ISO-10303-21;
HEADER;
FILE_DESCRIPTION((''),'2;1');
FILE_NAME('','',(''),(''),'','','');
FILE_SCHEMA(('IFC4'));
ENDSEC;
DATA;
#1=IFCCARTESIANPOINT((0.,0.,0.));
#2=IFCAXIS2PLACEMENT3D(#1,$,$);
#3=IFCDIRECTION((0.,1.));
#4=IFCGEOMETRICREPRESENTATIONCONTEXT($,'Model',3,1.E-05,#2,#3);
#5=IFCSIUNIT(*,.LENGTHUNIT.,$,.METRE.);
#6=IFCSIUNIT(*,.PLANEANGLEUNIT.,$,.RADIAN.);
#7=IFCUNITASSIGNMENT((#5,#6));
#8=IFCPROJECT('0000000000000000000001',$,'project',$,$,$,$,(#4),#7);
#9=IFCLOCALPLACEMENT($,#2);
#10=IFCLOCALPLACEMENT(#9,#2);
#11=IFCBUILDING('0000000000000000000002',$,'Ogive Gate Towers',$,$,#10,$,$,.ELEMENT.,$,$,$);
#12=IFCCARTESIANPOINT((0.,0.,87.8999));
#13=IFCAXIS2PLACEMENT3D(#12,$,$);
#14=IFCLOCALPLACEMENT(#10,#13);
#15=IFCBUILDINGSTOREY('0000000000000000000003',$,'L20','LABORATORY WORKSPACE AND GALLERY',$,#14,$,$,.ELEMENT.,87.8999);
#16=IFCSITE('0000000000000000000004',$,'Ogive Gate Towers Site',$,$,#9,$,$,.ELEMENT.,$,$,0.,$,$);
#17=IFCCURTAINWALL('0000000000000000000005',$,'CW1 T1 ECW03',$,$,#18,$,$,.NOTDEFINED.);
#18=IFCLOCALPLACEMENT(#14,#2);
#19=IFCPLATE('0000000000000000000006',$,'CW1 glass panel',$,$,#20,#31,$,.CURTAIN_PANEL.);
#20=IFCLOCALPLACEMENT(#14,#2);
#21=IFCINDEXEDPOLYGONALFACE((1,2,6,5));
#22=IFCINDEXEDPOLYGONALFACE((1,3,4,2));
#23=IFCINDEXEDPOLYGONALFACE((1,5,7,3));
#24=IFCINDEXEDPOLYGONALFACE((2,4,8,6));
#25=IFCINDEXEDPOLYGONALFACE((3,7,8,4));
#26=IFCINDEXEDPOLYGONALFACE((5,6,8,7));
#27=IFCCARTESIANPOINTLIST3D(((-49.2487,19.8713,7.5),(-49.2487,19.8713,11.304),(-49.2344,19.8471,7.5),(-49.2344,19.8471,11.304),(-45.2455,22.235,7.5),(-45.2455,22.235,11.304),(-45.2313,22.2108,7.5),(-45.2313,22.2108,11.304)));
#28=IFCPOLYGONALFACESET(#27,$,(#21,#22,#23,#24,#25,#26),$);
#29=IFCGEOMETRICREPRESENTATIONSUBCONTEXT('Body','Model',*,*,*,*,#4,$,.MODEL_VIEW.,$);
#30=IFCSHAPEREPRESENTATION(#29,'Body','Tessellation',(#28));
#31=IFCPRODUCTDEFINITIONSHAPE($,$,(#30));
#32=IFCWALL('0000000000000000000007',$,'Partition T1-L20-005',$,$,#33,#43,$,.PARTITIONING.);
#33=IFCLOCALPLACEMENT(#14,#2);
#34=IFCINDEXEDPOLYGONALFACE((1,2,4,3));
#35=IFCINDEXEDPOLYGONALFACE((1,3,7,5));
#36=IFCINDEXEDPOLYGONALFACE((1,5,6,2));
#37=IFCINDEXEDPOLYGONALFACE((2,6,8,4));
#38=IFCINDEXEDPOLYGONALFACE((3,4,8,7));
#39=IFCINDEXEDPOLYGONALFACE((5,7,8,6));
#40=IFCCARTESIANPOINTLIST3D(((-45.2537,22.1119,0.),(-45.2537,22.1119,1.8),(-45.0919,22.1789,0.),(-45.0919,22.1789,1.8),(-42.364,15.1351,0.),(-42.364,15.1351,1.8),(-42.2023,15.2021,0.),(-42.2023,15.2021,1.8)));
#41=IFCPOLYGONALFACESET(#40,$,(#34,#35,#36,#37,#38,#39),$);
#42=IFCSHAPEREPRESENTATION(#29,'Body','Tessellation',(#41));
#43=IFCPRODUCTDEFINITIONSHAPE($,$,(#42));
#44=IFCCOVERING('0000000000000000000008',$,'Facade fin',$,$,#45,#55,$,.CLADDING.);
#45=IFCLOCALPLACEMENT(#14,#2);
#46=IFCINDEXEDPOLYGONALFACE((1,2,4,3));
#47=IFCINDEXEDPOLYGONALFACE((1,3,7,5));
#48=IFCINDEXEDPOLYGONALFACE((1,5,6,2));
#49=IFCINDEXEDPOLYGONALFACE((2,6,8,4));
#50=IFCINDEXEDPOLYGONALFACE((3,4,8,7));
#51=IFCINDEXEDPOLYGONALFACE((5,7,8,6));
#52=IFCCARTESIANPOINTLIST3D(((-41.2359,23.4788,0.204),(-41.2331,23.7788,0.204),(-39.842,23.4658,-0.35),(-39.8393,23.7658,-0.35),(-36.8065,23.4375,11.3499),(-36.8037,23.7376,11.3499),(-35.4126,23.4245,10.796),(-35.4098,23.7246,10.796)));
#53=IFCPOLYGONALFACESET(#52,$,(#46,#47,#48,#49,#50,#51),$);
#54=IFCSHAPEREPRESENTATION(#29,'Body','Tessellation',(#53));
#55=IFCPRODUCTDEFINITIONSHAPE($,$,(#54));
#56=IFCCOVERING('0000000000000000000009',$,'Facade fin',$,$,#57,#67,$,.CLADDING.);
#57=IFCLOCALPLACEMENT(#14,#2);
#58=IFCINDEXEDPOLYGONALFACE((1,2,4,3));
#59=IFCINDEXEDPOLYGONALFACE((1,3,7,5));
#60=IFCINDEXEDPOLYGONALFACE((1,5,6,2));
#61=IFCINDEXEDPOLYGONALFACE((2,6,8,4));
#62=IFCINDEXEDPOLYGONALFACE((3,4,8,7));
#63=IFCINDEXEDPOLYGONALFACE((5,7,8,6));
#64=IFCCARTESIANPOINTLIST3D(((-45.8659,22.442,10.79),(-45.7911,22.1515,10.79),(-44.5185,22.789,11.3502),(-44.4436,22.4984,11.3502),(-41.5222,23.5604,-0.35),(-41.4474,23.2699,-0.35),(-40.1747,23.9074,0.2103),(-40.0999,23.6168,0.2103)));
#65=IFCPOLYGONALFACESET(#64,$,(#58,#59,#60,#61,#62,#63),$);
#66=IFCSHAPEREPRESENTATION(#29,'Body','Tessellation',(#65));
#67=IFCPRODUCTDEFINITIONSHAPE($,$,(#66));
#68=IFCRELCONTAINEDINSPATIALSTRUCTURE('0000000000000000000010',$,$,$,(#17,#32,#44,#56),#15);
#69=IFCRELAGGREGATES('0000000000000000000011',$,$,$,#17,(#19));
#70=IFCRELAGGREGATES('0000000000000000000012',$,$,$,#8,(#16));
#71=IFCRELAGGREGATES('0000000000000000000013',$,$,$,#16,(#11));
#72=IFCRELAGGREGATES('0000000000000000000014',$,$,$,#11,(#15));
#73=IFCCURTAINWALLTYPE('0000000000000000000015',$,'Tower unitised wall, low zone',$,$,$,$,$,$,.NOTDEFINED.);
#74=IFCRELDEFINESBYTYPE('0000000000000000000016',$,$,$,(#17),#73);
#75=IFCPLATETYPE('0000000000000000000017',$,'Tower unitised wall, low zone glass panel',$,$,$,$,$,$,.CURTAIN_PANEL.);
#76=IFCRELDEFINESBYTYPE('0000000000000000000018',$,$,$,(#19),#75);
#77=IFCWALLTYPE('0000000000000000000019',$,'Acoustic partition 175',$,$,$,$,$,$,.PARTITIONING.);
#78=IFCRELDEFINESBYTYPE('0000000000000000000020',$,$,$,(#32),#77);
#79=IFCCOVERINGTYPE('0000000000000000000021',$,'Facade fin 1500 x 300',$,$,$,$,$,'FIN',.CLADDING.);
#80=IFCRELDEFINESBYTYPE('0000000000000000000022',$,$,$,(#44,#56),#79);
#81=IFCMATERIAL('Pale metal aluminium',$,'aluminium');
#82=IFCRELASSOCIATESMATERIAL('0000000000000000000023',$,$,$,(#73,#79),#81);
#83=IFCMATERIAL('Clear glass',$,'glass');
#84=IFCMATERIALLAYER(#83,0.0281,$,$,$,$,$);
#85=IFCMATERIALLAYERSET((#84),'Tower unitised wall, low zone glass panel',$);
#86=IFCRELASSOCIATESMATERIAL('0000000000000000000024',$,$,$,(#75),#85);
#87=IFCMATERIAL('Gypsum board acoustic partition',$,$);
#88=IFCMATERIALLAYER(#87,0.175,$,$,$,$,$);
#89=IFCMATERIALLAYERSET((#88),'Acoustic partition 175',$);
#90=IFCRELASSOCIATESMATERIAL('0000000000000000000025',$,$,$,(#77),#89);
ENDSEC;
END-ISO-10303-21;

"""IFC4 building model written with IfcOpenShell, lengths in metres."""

from ifc_helpers import new_model, si_unit, direction, frame, frame_2d, origin, origin_2d, place, context, subcontext, project, spatial, rectangle, extrude, material, layer, layer_set, material_profile, profile_set, type_object, element, aggregate, save


model = new_model("IFC4")

# Units and contexts
model_context = context("Model", 3, precision=1e-05, world=origin(), true_north=direction((0.0, 1.0)))
body_context = subcontext(model_context, "Body", "Model", "MODEL_VIEW")
ifc_project = project(units=[si_unit("LENGTHUNIT", "METRE"), si_unit("PLANEANGLEUNIT", "RADIAN")], contexts=[model_context])

# Site, building, storey
site_placement = place(None, origin())
site = spatial("IfcSite", under=ifc_project, at=site_placement, Name="Ogive Gate Towers Site", CompositionType="ELEMENT", RefElevation=0.0)
building_placement = place(site_placement, origin())
building = spatial("IfcBuilding", under=site, at=building_placement, Name="Ogive Gate Towers", CompositionType="ELEMENT")
storey_placement = place(building_placement, frame((0.0, 0.0, 87.8999)))
storey = spatial("IfcBuildingStorey", under=building, at=storey_placement, Name="L20", Description="LABORATORY WORKSPACE AND GALLERY", CompositionType="ELEMENT", Elevation=87.8999)

# Curtain wall, plate
ifc_material_1 = material(Name="Pale metal aluminium", Category="aluminium")
curtain_wall_type = type_object("IfcCurtainWallType", Name="Tower unitised wall, low zone", PredefinedType="NOTDEFINED", material=ifc_material_1)
curtain_wall_placement = place(storey_placement, origin())
curtain_wall = element("IfcCurtainWall", 1, at=curtain_wall_placement, inside=storey, type_object=curtain_wall_type, Name="CW1 T1 ECW03", PredefinedType="NOTDEFINED")
ifc_material_2 = material(Name="Clear glass", Category="glass")
ifc_layer_1 = layer(ifc_material_2, 0.0281)
ifc_layer_set_1 = layer_set([ifc_layer_1], Name="Tower unitised wall, low zone glass panel")
plate_type = type_object("IfcPlateType", Name="Tower unitised wall, low zone glass panel", PredefinedType="CURTAIN_PANEL", material=ifc_layer_set_1)
plate_1_placement = place(storey_placement, frame((-47.24, 21.041, 7.5), z_axis=(0.0, 0.0, 1.0), x_axis=(-0.861097, -0.50844, 0.0)))
plate_1 = element("IfcPlate", 2, at=plate_1_placement, type_object=plate_type, Name="CW1 glass panel", PredefinedType="CURTAIN_PANEL", context=body_context, shape_type="SweptSolid", body=[
    extrude(rectangle(XDim=4.6489, YDim=0.0281, at=origin_2d()), origin(), (0.0, 0.0, 1.0), 3.804),
])
aggregate(curtain_wall, [plate_1])

# Wall
ifc_material_3 = material(Name="Gypsum board acoustic partition")
ifc_layer_2 = layer(ifc_material_3, 0.175)
ifc_layer_set_2 = layer_set([ifc_layer_2], Name="Acoustic partition 175")
wall_type = type_object("IfcWallType", Name="Acoustic partition 175", PredefinedType="PARTITIONING", material=ifc_layer_set_2)
wall_placement = place(storey_placement, frame((-45.1729, 22.1455, 0.0), z_axis=(0.0, 0.0, 1.0), x_axis=(0.382656, -0.923891, 0.0)))
element("IfcWall", 3, at=wall_placement, inside=storey, type_object=wall_type, Name="Partition T1-L20-005", PredefinedType="PARTITIONING", context=body_context, shape_type="SweptSolid", body=[
    extrude(rectangle(XDim=7.5515, YDim=0.175, at=frame_2d((3.7759, 0.0))), origin(), (0.0, 0.0, 1.0), 1.8),
])

# Coverings
ifc_material_profile_1 = material_profile(ifc_material_1, rectangle(XDim=0.3, YDim=1.5, at=origin_2d()), Name="1500 x 300 pale metal aluminium")
ifc_profile_set_1 = profile_set([ifc_material_profile_1], Name="Pale metal aluminium")
covering_type = type_object("IfcCoveringType", Name="Facade fin 1500 x 300", ElementType="FIN", PredefinedType="CLADDING", material=ifc_profile_set_1)
covering_1_placement = place(storey_placement, frame((-40.5376, 23.6223, -0.073), z_axis=(0.369306, -0.00344, 0.929301), x_axis=(0.009314, 0.999957, 0.0)))
element("IfcCovering", 4, at=covering_1_placement, inside=storey, type_object=covering_type, Name="Facade fin", PredefinedType="CLADDING", context=body_context, shape_type="SweptSolid", body=[
    extrude(rectangle(XDim=0.3, YDim=1.5, at=origin_2d()), origin(), (0.0, 0.0, 1.0), 11.9939),
])
covering_2_placement = place(storey_placement, frame((-40.811, 23.5886, -0.0698), z_axis=(-0.361708, -0.093131, 0.927628), x_axis=(0.249343, -0.968415, 0.0)))
element("IfcCovering", 5, at=covering_2_placement, inside=storey, type_object=covering_type, Name="Facade fin", PredefinedType="CLADDING", context=body_context, shape_type="SweptSolid", body=[
    extrude(rectangle(XDim=0.3, YDim=1.5, at=origin_2d()), origin(), (0.0, 0.0, 1.0), 12.009),
])

save(model, "model.ifc")
